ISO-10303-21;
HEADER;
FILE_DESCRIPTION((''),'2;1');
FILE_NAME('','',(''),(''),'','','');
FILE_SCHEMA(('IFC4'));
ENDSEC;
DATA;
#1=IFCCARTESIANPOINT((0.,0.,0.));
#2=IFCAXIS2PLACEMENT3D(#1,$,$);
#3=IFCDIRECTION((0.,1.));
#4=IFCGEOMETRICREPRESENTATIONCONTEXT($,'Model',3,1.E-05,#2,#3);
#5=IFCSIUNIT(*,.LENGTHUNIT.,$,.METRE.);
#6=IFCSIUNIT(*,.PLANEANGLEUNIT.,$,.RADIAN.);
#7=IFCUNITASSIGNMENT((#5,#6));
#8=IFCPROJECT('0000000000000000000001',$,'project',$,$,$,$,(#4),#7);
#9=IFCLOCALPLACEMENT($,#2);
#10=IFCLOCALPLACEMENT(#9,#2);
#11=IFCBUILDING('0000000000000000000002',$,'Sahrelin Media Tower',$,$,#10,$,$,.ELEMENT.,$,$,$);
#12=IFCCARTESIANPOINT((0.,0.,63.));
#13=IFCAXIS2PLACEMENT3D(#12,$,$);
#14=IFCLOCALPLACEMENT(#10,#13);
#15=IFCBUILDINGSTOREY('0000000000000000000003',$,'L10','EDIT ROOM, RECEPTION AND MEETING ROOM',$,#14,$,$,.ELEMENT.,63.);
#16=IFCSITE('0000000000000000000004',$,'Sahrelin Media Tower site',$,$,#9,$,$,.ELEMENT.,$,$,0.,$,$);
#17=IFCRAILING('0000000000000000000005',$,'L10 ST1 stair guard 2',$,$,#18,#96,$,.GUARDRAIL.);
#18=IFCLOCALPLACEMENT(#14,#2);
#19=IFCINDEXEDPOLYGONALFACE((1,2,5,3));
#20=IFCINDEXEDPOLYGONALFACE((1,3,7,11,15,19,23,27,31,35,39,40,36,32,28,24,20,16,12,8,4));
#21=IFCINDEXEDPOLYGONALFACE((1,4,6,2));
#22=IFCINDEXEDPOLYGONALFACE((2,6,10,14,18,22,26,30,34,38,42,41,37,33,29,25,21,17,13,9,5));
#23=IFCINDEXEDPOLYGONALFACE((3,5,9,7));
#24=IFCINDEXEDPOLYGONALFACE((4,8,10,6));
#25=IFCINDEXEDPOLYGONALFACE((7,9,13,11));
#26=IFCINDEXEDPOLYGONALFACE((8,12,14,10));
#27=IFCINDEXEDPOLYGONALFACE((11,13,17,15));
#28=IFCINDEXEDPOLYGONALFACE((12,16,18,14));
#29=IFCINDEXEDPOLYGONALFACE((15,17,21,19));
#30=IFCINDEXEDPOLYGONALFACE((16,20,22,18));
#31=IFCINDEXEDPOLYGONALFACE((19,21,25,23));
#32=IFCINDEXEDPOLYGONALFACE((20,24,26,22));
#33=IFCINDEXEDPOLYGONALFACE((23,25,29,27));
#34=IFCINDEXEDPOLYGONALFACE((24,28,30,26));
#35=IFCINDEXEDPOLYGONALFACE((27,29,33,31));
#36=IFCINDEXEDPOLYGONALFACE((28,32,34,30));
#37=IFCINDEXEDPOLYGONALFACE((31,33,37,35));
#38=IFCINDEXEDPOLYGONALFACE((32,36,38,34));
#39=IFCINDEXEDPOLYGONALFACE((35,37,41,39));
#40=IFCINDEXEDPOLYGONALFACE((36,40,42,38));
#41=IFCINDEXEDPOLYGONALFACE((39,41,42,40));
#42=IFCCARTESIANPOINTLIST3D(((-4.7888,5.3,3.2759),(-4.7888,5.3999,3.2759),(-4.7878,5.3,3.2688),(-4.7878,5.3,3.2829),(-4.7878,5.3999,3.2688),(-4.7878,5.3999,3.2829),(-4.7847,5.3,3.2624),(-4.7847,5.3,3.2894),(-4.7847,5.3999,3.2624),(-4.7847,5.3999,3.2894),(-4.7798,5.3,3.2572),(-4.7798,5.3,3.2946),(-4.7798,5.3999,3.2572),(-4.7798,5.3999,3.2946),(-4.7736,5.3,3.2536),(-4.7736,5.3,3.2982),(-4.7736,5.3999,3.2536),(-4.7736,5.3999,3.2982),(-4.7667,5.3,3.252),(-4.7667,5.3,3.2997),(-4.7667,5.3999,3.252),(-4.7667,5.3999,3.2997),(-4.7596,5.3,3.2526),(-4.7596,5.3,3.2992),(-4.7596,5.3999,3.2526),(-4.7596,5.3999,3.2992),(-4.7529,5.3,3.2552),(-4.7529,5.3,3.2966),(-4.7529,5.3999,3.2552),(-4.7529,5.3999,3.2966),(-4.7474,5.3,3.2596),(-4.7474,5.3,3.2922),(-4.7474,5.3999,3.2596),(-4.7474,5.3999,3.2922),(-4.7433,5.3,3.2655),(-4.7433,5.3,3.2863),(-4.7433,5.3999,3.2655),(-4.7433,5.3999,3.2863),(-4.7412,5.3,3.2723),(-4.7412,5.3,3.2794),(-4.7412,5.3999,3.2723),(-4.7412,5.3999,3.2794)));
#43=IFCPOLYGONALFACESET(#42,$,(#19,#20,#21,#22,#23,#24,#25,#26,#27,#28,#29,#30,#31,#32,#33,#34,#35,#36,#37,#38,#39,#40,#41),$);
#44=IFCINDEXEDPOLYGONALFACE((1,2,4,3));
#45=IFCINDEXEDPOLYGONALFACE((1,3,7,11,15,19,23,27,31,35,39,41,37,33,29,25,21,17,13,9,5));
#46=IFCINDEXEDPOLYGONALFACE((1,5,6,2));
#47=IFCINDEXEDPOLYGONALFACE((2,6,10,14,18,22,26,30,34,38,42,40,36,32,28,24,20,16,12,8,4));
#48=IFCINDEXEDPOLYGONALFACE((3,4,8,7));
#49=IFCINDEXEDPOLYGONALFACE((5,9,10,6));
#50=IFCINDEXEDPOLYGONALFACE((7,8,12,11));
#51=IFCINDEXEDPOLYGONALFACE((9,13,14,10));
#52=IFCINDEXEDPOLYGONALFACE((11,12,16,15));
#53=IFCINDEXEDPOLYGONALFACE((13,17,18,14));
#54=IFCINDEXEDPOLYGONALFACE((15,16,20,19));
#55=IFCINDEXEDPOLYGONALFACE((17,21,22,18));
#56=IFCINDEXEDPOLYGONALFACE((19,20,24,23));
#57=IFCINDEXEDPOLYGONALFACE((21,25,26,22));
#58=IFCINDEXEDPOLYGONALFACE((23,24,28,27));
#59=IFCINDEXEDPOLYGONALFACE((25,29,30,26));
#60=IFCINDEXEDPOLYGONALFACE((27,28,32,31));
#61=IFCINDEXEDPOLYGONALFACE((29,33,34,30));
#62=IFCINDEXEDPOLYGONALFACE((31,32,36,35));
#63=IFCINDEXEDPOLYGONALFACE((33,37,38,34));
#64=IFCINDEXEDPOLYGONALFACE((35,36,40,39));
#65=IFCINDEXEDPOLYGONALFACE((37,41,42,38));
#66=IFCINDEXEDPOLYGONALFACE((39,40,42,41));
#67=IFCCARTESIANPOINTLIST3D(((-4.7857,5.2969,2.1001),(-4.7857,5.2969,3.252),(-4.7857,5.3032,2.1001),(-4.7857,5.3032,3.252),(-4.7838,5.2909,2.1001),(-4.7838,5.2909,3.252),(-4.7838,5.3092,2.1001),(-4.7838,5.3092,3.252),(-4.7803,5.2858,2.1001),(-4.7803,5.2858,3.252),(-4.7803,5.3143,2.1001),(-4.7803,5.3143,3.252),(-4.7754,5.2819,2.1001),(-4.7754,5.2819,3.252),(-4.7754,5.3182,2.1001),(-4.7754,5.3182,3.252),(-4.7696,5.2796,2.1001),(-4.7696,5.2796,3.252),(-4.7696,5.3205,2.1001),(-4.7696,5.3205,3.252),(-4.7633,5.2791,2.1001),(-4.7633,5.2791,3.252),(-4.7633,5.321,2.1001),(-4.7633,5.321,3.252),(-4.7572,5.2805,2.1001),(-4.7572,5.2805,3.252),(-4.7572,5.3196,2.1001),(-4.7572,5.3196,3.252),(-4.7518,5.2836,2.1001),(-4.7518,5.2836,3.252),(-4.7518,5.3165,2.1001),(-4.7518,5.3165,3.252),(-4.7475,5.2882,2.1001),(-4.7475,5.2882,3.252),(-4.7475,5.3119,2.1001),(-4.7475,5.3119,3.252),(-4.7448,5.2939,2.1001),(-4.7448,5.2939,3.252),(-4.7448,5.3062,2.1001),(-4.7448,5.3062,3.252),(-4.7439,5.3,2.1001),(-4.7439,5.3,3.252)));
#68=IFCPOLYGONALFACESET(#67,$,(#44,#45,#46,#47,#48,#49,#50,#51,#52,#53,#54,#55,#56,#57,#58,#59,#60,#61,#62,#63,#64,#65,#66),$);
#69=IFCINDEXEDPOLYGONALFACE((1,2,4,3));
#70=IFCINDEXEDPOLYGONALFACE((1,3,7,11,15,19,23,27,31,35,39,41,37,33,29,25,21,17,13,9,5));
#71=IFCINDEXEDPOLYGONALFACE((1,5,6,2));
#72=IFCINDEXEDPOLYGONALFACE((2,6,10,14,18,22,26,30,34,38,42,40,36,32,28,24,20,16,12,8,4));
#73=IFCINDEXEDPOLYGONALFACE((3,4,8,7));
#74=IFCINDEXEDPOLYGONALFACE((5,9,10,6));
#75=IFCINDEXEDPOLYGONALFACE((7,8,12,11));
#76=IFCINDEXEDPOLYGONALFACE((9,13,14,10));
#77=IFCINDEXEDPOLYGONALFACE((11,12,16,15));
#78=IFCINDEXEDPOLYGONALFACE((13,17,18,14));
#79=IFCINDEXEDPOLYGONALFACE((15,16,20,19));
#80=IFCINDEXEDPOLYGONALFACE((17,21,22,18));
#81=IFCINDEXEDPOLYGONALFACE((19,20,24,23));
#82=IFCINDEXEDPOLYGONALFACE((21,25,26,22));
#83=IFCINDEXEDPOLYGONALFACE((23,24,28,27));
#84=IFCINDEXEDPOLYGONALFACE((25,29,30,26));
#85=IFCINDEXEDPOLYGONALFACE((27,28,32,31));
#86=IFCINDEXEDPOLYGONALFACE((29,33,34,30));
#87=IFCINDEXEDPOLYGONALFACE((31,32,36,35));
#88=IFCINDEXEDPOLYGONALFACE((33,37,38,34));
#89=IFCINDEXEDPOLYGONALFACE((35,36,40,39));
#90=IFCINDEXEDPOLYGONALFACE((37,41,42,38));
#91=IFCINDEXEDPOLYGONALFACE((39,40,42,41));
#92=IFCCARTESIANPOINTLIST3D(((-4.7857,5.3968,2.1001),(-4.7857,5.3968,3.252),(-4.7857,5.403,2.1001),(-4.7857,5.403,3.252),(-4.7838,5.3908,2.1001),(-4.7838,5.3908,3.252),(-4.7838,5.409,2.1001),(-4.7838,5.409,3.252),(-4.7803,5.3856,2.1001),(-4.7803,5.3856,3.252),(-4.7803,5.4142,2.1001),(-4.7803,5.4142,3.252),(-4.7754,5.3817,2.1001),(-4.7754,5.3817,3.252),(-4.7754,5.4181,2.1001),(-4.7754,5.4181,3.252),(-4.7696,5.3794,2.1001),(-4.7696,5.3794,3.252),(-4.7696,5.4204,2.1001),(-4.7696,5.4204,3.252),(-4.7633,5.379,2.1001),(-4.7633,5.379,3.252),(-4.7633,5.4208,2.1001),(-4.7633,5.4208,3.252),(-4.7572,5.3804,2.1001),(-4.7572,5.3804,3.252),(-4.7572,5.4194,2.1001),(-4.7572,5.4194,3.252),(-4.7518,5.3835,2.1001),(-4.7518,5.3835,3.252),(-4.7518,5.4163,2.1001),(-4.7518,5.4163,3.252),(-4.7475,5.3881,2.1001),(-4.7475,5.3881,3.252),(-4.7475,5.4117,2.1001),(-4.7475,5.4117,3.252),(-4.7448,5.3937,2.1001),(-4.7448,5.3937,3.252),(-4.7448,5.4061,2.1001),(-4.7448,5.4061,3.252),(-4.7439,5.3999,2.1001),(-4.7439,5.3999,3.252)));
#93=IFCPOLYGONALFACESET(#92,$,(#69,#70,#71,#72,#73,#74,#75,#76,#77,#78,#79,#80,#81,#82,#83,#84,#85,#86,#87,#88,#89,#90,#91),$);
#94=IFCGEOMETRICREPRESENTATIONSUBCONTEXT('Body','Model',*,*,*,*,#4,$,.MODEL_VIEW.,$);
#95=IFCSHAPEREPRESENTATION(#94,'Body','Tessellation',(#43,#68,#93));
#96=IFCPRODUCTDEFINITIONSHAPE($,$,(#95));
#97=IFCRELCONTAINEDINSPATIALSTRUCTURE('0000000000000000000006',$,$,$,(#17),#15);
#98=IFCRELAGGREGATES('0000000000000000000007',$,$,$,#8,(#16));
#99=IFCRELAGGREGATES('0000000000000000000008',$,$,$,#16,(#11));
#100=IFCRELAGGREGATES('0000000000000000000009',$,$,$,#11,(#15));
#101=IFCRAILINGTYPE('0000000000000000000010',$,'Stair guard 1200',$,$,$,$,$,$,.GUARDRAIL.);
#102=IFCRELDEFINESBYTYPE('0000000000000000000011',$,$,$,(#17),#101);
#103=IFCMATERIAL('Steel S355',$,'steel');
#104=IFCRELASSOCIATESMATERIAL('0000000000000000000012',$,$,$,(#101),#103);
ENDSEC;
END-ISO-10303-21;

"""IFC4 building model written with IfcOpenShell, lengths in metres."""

from ifc_helpers import new_model, si_unit, direction, frame, origin, origin_2d, place, context, subcontext, project, spatial, circle, extrude, material, type_object, element, save


model = new_model("IFC4")

# Units and contexts
model_context = context("Model", 3, precision=1e-05, world=origin(), true_north=direction((0.0, 1.0)))
body_context = subcontext(model_context, "Body", "Model", "MODEL_VIEW")
ifc_project = project(units=[si_unit("LENGTHUNIT", "METRE"), si_unit("PLANEANGLEUNIT", "RADIAN")], contexts=[model_context])

# Site, building, storey
site_placement = place(None, origin())
site = spatial("IfcSite", under=ifc_project, at=site_placement, Name="Sahrelin Media Tower site", CompositionType="ELEMENT", RefElevation=0.0)
building_placement = place(site_placement, origin())
building = spatial("IfcBuilding", under=site, at=building_placement, Name="Sahrelin Media Tower", CompositionType="ELEMENT")
storey_placement = place(building_placement, frame((0.0, 0.0, 63.0)))
storey = spatial("IfcBuildingStorey", under=building, at=storey_placement, Name="L10", Description="EDIT ROOM, RECEPTION AND MEETING ROOM", CompositionType="ELEMENT", Elevation=63.0)

# Shared definitions
ifc_material_1 = material(Name="Steel S355", Category="steel")

# Railing
railing_type_1 = type_object("IfcRailingType", Name="Stair guard 1200", PredefinedType="GUARDRAIL", material=ifc_material_1)
railing_1_placement = place(storey_placement, frame((-4.7649, 5.3, 2.1001)))
element("IfcRailing", 1, at=railing_1_placement, inside=storey, type_object=railing_type_1, Name="L10 ST1 stair guard 2", PredefinedType="GUARDRAIL", context=body_context, shape_type="SweptSolid", body=[
    extrude(circle(Radius=0.0239, at=origin_2d()), frame((0.0, 0.0, 1.1758), z_axis=(0.0, 1.0, 0.0), x_axis=(-1.0, 0.0, 0.0)), (0.0, 0.0, 1.0), 0.0999),
    extrude(circle(Radius=0.021, at=origin_2d()), origin(), (0.0, 0.0, 1.0), 1.1519),
    extrude(circle(Radius=0.021, at=origin_2d()), frame((0.0, 0.0999, 0.0)), (0.0, 0.0, 1.0), 1.1519),
])

save(model, "model.ifc")
